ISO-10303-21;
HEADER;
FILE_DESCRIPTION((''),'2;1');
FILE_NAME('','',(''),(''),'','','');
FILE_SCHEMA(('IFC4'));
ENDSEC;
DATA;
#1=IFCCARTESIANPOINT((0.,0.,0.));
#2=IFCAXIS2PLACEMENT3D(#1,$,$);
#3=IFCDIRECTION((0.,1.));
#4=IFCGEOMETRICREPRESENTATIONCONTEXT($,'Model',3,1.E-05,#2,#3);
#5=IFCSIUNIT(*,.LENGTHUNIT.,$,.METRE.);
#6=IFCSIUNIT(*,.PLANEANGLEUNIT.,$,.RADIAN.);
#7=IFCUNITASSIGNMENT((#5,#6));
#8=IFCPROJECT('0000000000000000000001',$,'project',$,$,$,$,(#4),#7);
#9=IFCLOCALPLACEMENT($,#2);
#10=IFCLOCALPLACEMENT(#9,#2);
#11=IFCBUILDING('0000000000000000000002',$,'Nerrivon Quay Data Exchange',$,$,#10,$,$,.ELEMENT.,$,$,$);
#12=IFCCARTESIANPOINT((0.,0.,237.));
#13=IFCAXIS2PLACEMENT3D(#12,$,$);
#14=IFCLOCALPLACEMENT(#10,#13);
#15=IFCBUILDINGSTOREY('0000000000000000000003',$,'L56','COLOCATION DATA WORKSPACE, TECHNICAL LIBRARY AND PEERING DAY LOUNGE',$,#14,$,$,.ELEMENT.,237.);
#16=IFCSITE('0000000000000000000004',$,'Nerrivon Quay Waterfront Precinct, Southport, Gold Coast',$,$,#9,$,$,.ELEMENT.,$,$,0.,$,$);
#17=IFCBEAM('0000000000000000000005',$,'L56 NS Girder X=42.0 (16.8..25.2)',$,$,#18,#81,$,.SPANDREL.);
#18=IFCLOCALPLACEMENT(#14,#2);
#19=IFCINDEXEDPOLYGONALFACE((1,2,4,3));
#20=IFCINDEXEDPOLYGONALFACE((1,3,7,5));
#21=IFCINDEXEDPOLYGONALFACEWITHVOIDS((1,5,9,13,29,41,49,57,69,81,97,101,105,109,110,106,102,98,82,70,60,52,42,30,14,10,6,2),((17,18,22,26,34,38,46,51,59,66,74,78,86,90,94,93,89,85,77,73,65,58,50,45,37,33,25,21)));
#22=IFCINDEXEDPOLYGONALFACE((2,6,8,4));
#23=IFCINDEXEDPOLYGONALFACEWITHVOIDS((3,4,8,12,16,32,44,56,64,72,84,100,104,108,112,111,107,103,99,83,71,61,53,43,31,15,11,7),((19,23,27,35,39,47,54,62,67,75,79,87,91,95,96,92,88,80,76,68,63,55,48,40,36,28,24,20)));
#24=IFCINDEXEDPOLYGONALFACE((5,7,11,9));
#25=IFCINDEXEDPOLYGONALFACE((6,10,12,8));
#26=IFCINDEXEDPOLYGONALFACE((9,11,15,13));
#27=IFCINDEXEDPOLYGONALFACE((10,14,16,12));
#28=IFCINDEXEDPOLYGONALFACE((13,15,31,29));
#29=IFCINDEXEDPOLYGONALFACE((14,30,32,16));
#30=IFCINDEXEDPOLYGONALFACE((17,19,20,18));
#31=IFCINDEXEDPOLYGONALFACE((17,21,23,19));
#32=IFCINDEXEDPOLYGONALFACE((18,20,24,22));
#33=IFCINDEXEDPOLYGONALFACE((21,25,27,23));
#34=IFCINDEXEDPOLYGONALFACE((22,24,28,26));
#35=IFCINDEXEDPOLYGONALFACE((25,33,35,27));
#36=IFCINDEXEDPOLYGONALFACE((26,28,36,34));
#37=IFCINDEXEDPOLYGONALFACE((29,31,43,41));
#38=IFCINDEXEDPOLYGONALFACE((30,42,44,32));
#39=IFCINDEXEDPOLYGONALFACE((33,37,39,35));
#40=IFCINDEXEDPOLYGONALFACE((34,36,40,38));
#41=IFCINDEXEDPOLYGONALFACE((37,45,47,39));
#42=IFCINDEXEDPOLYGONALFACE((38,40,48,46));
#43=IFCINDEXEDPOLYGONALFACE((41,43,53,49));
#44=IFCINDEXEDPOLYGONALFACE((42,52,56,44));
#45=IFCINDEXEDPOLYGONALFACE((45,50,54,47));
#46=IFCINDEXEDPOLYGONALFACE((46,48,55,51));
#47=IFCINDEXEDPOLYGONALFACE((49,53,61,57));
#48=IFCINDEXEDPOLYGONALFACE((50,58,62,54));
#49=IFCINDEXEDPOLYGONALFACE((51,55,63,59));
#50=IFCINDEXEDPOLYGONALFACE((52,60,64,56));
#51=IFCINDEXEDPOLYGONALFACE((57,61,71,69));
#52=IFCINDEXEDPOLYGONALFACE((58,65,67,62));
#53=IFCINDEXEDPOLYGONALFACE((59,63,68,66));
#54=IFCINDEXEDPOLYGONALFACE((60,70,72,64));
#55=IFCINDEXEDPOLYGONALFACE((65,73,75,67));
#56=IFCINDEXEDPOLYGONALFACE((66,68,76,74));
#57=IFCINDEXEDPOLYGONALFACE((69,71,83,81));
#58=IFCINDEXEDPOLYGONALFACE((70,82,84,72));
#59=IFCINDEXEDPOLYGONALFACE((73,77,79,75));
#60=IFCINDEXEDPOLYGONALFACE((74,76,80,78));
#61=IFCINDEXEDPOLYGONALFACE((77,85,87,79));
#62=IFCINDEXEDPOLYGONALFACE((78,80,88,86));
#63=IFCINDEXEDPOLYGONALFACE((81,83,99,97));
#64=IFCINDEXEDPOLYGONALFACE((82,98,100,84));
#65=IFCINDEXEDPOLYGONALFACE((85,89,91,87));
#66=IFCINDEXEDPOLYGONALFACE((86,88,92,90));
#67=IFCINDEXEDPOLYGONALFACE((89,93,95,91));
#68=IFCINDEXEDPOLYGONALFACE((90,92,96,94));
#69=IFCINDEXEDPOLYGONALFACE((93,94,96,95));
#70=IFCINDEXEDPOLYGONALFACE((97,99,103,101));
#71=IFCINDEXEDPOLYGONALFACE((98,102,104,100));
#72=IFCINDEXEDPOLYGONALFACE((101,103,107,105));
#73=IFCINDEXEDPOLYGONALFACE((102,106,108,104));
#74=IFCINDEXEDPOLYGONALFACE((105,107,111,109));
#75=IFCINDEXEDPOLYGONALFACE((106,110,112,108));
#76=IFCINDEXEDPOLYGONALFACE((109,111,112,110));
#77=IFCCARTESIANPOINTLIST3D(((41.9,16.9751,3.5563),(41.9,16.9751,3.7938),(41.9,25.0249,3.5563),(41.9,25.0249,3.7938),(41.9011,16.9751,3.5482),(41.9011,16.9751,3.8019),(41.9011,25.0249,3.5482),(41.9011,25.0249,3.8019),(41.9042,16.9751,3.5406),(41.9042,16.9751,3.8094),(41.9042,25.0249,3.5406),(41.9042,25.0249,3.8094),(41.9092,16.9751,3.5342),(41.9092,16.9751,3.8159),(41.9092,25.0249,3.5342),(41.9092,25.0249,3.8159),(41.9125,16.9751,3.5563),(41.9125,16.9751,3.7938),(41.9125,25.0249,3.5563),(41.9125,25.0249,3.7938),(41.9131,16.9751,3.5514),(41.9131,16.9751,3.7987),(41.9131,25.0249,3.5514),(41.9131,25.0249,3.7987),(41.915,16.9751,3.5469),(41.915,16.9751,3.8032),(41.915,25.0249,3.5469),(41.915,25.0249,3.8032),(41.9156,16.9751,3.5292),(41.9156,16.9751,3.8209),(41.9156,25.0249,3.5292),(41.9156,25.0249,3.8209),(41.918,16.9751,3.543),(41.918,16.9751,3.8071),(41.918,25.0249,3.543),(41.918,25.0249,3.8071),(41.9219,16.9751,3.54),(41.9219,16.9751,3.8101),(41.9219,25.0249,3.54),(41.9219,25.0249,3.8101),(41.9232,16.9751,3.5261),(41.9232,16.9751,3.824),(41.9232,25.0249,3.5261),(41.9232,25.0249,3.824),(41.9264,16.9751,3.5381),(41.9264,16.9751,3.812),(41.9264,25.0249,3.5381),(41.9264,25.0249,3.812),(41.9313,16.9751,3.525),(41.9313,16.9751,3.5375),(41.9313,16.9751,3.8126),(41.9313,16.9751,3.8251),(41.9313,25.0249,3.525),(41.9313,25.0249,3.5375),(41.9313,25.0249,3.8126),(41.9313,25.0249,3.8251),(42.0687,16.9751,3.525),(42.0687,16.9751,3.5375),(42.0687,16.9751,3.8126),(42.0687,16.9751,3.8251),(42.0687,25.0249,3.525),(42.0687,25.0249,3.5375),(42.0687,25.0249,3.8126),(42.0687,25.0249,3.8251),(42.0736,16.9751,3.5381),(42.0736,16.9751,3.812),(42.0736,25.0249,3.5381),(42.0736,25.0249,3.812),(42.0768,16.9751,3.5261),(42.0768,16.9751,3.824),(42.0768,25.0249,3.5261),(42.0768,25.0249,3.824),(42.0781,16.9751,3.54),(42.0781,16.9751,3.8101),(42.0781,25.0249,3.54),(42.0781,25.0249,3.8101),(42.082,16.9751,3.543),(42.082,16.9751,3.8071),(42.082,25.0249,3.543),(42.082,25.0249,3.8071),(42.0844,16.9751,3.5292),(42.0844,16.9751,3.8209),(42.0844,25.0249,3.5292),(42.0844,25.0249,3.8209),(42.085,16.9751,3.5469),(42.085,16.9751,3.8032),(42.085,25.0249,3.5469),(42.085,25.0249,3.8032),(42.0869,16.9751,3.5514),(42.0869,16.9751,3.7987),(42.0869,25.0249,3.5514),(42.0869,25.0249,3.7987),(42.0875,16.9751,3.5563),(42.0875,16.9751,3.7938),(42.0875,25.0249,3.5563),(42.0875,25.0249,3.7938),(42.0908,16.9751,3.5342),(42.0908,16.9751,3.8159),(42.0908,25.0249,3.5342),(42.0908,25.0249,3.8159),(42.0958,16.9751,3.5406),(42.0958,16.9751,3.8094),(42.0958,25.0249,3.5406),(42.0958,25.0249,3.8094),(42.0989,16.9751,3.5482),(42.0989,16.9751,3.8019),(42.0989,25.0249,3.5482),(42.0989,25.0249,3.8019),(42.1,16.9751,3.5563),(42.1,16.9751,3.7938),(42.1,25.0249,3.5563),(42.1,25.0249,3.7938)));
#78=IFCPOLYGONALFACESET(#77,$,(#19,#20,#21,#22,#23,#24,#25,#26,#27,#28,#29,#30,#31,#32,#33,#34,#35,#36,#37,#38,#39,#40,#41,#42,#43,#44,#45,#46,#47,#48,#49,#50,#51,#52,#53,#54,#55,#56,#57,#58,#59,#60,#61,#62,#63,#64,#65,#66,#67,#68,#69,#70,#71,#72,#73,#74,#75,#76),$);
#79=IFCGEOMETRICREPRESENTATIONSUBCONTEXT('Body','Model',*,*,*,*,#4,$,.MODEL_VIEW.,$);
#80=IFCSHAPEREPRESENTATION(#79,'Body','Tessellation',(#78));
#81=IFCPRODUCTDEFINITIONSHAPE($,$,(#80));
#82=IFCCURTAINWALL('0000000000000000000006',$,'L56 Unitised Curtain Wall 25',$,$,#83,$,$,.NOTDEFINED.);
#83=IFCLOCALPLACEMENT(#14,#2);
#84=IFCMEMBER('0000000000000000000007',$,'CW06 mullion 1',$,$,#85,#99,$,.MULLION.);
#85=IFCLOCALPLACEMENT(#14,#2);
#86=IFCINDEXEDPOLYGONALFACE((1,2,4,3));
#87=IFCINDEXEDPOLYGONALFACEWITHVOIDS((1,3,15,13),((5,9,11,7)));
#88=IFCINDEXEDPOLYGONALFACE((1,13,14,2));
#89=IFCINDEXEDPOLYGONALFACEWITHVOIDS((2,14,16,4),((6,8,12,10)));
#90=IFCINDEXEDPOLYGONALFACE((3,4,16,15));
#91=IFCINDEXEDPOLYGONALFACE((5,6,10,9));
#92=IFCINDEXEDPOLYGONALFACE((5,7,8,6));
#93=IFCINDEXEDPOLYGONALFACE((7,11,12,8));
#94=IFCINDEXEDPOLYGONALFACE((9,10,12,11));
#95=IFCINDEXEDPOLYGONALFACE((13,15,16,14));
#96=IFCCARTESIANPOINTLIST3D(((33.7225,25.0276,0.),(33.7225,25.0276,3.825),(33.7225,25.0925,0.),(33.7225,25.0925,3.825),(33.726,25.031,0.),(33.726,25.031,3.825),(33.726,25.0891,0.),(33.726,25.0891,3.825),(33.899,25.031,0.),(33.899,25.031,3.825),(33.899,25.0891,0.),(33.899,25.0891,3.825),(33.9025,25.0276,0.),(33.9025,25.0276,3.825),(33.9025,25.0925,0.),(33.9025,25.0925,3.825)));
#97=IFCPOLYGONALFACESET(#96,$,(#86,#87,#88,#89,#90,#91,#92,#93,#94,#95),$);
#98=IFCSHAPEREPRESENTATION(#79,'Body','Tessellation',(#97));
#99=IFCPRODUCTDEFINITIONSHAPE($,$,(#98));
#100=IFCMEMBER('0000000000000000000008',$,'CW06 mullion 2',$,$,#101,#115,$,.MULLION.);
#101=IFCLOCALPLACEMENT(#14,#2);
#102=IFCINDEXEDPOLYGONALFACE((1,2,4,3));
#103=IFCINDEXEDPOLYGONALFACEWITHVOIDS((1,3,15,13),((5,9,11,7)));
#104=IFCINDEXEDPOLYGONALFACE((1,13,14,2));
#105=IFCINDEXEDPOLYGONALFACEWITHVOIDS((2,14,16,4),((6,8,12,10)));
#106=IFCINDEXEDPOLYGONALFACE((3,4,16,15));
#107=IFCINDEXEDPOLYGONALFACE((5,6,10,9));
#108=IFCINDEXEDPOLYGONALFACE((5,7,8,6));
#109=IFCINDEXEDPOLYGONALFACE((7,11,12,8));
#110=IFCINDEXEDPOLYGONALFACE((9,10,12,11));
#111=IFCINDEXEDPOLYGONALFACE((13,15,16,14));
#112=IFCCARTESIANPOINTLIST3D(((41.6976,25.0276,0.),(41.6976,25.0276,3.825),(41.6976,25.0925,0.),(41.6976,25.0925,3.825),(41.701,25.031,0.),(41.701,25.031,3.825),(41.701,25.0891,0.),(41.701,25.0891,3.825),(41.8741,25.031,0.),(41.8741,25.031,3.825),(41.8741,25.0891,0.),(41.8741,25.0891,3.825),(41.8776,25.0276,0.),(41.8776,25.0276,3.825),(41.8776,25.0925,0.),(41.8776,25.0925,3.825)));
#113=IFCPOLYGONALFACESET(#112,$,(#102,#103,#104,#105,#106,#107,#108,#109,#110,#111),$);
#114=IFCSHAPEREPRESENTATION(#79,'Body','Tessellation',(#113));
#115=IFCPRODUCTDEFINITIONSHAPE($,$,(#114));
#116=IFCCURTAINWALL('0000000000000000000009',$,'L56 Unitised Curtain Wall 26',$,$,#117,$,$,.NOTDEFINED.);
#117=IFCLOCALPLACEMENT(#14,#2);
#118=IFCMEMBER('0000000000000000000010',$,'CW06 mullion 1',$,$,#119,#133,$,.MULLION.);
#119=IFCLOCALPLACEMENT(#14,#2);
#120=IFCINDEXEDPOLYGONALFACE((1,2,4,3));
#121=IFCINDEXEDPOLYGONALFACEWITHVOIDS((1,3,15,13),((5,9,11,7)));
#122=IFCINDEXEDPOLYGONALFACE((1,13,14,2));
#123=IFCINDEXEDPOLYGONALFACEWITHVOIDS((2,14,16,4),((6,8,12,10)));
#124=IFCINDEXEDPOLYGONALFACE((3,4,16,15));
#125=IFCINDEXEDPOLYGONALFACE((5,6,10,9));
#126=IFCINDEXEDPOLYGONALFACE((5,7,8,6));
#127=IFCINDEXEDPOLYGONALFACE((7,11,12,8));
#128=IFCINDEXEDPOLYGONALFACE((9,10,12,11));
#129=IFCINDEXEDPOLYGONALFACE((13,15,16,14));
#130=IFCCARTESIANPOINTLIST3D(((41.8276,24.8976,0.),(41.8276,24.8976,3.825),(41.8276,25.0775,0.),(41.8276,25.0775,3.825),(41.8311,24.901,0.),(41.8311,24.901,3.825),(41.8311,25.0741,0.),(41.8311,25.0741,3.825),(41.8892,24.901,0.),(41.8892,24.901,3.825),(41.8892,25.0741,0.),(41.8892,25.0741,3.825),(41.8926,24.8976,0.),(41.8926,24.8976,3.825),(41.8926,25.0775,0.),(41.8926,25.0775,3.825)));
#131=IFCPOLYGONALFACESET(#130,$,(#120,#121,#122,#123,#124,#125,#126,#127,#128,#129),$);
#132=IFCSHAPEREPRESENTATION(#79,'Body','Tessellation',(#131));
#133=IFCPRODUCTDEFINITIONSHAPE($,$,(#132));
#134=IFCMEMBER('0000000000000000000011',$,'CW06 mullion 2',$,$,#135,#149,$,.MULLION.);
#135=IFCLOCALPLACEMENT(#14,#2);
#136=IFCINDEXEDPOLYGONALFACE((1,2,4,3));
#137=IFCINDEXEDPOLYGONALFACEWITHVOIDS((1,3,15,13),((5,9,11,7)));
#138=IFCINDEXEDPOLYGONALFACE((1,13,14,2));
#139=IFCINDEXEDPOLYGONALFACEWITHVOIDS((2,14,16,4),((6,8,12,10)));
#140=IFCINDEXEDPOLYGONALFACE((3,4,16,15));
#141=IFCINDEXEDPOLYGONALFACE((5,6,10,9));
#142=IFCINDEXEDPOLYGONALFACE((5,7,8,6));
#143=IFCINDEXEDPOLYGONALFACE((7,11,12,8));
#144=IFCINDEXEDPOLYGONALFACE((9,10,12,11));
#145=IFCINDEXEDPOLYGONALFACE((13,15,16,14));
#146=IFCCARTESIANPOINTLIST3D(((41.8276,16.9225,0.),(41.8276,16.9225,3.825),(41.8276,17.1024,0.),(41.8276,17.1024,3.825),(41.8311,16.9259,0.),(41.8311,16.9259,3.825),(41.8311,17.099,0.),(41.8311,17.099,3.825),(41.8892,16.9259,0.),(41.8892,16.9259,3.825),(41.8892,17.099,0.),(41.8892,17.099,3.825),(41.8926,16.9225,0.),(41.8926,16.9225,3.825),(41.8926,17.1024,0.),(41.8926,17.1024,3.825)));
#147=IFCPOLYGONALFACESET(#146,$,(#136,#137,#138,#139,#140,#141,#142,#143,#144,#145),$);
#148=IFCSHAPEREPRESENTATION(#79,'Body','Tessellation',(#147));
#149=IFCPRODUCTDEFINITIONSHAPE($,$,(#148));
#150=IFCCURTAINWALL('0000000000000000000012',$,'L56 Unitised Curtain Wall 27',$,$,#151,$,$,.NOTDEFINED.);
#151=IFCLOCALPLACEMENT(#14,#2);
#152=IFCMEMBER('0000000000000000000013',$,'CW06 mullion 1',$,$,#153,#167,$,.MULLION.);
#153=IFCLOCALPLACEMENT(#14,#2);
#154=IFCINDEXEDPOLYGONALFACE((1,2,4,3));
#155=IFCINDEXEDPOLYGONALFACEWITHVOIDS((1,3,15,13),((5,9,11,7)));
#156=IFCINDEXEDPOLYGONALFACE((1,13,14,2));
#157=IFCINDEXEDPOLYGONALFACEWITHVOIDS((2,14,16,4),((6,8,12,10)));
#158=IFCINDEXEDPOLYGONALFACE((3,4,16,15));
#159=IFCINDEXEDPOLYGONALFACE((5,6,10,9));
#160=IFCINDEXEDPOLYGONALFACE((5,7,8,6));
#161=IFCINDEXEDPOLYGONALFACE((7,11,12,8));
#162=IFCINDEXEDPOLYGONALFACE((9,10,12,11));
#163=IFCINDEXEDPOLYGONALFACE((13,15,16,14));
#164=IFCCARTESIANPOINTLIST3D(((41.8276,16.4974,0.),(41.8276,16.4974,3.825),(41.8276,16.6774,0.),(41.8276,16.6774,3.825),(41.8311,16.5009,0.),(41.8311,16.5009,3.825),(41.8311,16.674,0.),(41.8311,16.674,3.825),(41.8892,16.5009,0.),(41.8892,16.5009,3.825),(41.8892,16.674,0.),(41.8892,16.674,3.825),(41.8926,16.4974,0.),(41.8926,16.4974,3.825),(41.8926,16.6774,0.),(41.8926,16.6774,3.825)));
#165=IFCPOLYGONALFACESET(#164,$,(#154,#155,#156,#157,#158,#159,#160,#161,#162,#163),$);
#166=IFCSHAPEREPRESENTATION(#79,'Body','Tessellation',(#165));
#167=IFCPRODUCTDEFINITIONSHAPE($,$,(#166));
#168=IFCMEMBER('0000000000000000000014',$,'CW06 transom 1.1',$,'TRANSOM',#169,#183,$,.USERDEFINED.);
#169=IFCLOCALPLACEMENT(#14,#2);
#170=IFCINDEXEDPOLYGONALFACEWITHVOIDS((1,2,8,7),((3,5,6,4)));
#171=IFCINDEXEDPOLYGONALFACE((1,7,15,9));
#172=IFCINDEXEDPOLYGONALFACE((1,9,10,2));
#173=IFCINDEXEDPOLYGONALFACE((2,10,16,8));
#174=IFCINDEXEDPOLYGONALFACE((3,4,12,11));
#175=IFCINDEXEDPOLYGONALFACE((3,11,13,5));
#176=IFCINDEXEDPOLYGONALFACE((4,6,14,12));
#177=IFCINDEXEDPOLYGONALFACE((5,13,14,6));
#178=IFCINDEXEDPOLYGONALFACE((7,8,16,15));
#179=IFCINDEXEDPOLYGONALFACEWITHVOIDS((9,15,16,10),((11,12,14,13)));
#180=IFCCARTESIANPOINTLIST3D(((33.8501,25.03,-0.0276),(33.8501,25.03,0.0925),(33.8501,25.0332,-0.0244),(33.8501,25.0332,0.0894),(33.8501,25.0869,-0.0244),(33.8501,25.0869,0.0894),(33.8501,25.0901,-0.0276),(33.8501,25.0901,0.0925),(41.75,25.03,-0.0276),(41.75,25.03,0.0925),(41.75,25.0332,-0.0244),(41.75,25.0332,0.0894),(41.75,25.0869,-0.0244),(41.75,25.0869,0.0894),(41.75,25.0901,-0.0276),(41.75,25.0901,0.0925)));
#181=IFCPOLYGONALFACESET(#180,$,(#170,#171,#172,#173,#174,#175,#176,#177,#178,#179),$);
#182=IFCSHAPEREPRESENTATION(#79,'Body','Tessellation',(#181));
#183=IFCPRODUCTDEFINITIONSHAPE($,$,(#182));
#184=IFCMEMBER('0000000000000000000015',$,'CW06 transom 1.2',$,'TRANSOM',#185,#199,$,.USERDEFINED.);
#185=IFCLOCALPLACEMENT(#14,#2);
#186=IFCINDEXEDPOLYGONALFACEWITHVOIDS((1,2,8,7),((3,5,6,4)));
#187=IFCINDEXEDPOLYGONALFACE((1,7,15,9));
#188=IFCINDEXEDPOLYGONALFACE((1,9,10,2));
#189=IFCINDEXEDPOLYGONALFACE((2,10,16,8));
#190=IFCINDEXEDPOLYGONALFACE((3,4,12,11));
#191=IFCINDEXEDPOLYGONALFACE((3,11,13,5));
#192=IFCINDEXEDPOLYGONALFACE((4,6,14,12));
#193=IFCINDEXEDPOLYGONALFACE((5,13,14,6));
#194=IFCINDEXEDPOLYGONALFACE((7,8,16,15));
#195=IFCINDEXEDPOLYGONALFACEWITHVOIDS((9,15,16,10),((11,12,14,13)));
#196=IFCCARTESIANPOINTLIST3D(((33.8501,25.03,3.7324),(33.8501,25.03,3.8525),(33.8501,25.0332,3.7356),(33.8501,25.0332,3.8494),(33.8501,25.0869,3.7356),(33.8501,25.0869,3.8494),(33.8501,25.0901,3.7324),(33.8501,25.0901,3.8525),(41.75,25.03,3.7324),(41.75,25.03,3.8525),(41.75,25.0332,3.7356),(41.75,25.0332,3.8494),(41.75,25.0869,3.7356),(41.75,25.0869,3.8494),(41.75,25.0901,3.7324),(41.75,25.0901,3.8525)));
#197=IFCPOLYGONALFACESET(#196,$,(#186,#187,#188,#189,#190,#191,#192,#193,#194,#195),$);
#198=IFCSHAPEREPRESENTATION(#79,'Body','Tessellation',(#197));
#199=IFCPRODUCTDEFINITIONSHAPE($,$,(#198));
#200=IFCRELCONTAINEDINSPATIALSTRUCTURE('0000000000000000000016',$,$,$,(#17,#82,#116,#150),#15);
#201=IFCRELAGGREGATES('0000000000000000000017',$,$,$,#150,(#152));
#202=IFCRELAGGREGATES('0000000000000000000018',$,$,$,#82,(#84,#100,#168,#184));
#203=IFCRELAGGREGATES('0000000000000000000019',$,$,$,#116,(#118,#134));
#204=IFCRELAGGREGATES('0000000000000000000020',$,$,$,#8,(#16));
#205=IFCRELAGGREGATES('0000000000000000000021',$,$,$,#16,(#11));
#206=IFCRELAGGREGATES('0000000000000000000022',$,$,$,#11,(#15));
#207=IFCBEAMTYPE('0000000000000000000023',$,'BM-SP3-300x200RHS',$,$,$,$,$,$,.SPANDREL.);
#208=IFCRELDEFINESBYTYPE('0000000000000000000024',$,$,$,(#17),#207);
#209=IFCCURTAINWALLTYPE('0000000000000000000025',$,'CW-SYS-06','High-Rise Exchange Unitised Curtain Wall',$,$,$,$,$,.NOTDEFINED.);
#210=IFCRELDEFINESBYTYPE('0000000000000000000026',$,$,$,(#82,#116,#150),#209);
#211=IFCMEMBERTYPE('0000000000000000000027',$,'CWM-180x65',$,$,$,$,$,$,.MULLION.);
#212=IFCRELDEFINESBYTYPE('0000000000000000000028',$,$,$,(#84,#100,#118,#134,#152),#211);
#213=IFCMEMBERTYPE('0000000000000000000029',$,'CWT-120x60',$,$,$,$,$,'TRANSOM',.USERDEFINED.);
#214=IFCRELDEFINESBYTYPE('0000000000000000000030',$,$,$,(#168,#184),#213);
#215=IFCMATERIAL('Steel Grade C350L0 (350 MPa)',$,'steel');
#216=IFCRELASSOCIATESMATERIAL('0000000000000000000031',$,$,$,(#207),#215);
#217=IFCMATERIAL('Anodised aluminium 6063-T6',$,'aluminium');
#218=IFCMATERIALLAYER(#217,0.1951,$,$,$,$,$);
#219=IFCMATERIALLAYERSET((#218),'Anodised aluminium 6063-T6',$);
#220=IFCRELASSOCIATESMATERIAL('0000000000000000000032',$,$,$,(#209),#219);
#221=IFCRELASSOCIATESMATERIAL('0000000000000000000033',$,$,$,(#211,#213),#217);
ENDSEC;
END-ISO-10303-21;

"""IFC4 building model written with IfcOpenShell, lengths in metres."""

from ifc_helpers import new_model, si_unit, direction, frame, origin, origin_2d, place, context, subcontext, project, spatial, hollow_rectangle, extrude, material, layer, layer_set, material_profile, profile_set, type_object, element, aggregate, save


model = new_model("IFC4")

# Units and contexts
model_context = context("Model", 3, precision=1e-05, world=origin(), true_north=direction((0.0, 1.0)))
body_context = subcontext(model_context, "Body", "Model", "MODEL_VIEW")
ifc_project = project(units=[si_unit("LENGTHUNIT", "METRE"), si_unit("PLANEANGLEUNIT", "RADIAN")], contexts=[model_context])

# Site, building, storey
site_placement = place(None, origin())
site = spatial("IfcSite", under=ifc_project, at=site_placement, Name="Nerrivon Quay Waterfront Precinct, Southport, Gold Coast", CompositionType="ELEMENT", RefElevation=0.0)
building_placement = place(site_placement, origin())
building = spatial("IfcBuilding", under=site, at=building_placement, Name="Nerrivon Quay Data Exchange", CompositionType="ELEMENT")
storey_placement = place(building_placement, frame((0.0, 0.0, 237.0)))
storey = spatial("IfcBuildingStorey", under=building, at=storey_placement, Name="L56", Description="COLOCATION DATA WORKSPACE, TECHNICAL LIBRARY AND PEERING DAY LOUNGE", CompositionType="ELEMENT", Elevation=237.0)

# Beam
ifc_material_1 = material(Name="Steel Grade C350L0 (350 MPa)", Category="steel")
ifc_material_profile_1 = material_profile(ifc_material_1, hollow_rectangle(XDim=0.2, YDim=0.3, WallThickness=0.0125, InnerFilletRadius=0.0188, OuterFilletRadius=0.0312, at=origin_2d()), Name="300x200x12.5RHS")
ifc_profile_set_1 = profile_set([ifc_material_profile_1], Name="Steel Grade C350L0 (350 MPa)")
beam_type_1 = type_object("IfcBeamType", Name="BM-SP3-300x200RHS", PredefinedType="SPANDREL", material=ifc_profile_set_1)
beam_1_placement = place(storey_placement, frame((42.0, 16.9751, 3.675), z_axis=(0.0, 1.0, 0.0), x_axis=(-1.0, 0.0, 0.0)))
element("IfcBeam", 1, at=beam_1_placement, inside=storey, type_object=beam_type_1, Name="L56 NS Girder X=42.0 (16.8..25.2)", PredefinedType="SPANDREL", context=body_context, shape_type="SweptSolid", body=[
    extrude(hollow_rectangle(XDim=0.2, YDim=0.3, WallThickness=0.0125, InnerFilletRadius=0.0188, OuterFilletRadius=0.0312, at=origin_2d()), origin(), (0.0, 0.0, 1.0), 8.0498),
])

# Curtain walls, members
ifc_material_2 = material(Name="Anodised aluminium 6063-T6", Category="aluminium")
ifc_layer_1 = layer(ifc_material_2, 0.1951)
ifc_layer_set_1 = layer_set([ifc_layer_1], Name="Anodised aluminium 6063-T6")
curtain_wall_type = type_object("IfcCurtainWallType", Name="CW-SYS-06", Description="High-Rise Exchange Unitised Curtain Wall", PredefinedType="NOTDEFINED", material=ifc_layer_set_1)
curtain_wall_1_placement = place(storey_placement, origin())
curtain_wall_1 = element("IfcCurtainWall", 2, at=curtain_wall_1_placement, inside=storey, type_object=curtain_wall_type, Name="L56 Unitised Curtain Wall 25", PredefinedType="NOTDEFINED")
ifc_material_profile_2 = material_profile(ifc_material_2, hollow_rectangle(XDim=0.0649, YDim=0.1799, WallThickness=0.0034, at=origin_2d()), Name="ALU-MULL-180x65")
ifc_profile_set_2 = profile_set([ifc_material_profile_2], Name="Anodised aluminium 6063-T6")
member_type_1 = type_object("IfcMemberType", Name="CWM-180x65", PredefinedType="MULLION", material=ifc_profile_set_2)
member_1_placement = place(storey_placement, frame((33.8125, 25.0601, 0.0), z_axis=(0.0, 0.0, 1.0), x_axis=(0.0, 1.0, 0.0)))
member_1 = element("IfcMember", 3, at=member_1_placement, type_object=member_type_1, Name="CW06 mullion 1", PredefinedType="MULLION", context=body_context, shape_type="SweptSolid", body=[
    extrude(hollow_rectangle(XDim=0.0649, YDim=0.1799, WallThickness=0.0034, at=origin_2d()), origin(), (0.0, 0.0, 1.0), 3.825),
])
member_2_placement = place(storey_placement, frame((41.7876, 25.0601, 0.0), z_axis=(0.0, 0.0, 1.0), x_axis=(0.0, 1.0, 0.0)))
member_2 = element("IfcMember", 4, at=member_2_placement, type_object=member_type_1, Name="CW06 mullion 2", PredefinedType="MULLION", context=body_context, shape_type="SweptSolid", body=[
    extrude(hollow_rectangle(XDim=0.0649, YDim=0.1799, WallThickness=0.0034, at=origin_2d()), origin(), (0.0, 0.0, 1.0), 3.825),
])
curtain_wall_2_placement = place(storey_placement, origin())
curtain_wall_2 = element("IfcCurtainWall", 5, at=curtain_wall_2_placement, inside=storey, type_object=curtain_wall_type, Name="L56 Unitised Curtain Wall 26", PredefinedType="NOTDEFINED")
member_3_placement = place(storey_placement, frame((41.8601, 24.9875, 0.0), z_axis=(0.0, 0.0, 1.0), x_axis=(1.0, 0.0, 0.0)))
member_3 = element("IfcMember", 6, at=member_3_placement, type_object=member_type_1, Name="CW06 mullion 1", PredefinedType="MULLION", context=body_context, shape_type="SweptSolid", body=[
    extrude(hollow_rectangle(XDim=0.0649, YDim=0.1799, WallThickness=0.0034, at=origin_2d()), origin(), (0.0, 0.0, 1.0), 3.825),
])
member_4_placement = place(storey_placement, frame((41.8601, 17.0125, 0.0), z_axis=(0.0, 0.0, 1.0), x_axis=(1.0, 0.0, 0.0)))
member_4 = element("IfcMember", 7, at=member_4_placement, type_object=member_type_1, Name="CW06 mullion 2", PredefinedType="MULLION", context=body_context, shape_type="SweptSolid", body=[
    extrude(hollow_rectangle(XDim=0.0649, YDim=0.1799, WallThickness=0.0034, at=origin_2d()), origin(), (0.0, 0.0, 1.0), 3.825),
])

# Curtain wall, member
curtain_wall_3_placement = place(storey_placement, origin())
curtain_wall_3 = element("IfcCurtainWall", 8, at=curtain_wall_3_placement, inside=storey, type_object=curtain_wall_type, Name="L56 Unitised Curtain Wall 27", PredefinedType="NOTDEFINED")
member_5_placement = place(storey_placement, frame((41.8601, 16.5874, 0.0), z_axis=(0.0, 0.0, 1.0), x_axis=(1.0, 0.0, 0.0)))
member_5 = element("IfcMember", 9, at=member_5_placement, type_object=member_type_1, Name="CW06 mullion 1", PredefinedType="MULLION", context=body_context, shape_type="SweptSolid", body=[
    extrude(hollow_rectangle(XDim=0.0649, YDim=0.1799, WallThickness=0.0034, at=origin_2d()), origin(), (0.0, 0.0, 1.0), 3.825),
])

# Members
ifc_material_profile_3 = material_profile(ifc_material_2, hollow_rectangle(XDim=0.0601, YDim=0.1201, WallThickness=0.0032, at=origin_2d()), Name="ALU-TRAN-120x60")
ifc_profile_set_3 = profile_set([ifc_material_profile_3], Name="Anodised aluminium 6063-T6")
member_type_2 = type_object("IfcMemberType", Name="CWT-120x60", ElementType="TRANSOM", PredefinedType="USERDEFINED", material=ifc_profile_set_3)
member_6_placement = place(storey_placement, frame((33.8501, 25.0601, 0.0325), z_axis=(1.0, 0.0, 0.0), x_axis=(0.0, 1.0, 0.0)))
member_6 = element("IfcMember", 10, at=member_6_placement, type_object=member_type_2, Name="CW06 transom 1.1", ObjectType="TRANSOM", PredefinedType="USERDEFINED", context=body_context, shape_type="SweptSolid", body=[
    extrude(hollow_rectangle(XDim=0.0601, YDim=0.1201, WallThickness=0.0032, at=origin_2d()), origin(), (0.0, 0.0, 1.0), 7.8999),
])
member_7_placement = place(storey_placement, frame((33.8501, 25.0601, 3.7925), z_axis=(1.0, 0.0, 0.0), x_axis=(0.0, 1.0, 0.0)))
member_7 = element("IfcMember", 11, at=member_7_placement, type_object=member_type_2, Name="CW06 transom 1.2", ObjectType="TRANSOM", PredefinedType="USERDEFINED", context=body_context, shape_type="SweptSolid", body=[
    extrude(hollow_rectangle(XDim=0.0601, YDim=0.1201, WallThickness=0.0032, at=origin_2d()), origin(), (0.0, 0.0, 1.0), 7.8999),
])
aggregate(curtain_wall_3, [member_5])

aggregate(curtain_wall_1, [member_1, member_2, member_6, member_7])
aggregate(curtain_wall_2, [member_3, member_4])

save(model, "model.ifc")
